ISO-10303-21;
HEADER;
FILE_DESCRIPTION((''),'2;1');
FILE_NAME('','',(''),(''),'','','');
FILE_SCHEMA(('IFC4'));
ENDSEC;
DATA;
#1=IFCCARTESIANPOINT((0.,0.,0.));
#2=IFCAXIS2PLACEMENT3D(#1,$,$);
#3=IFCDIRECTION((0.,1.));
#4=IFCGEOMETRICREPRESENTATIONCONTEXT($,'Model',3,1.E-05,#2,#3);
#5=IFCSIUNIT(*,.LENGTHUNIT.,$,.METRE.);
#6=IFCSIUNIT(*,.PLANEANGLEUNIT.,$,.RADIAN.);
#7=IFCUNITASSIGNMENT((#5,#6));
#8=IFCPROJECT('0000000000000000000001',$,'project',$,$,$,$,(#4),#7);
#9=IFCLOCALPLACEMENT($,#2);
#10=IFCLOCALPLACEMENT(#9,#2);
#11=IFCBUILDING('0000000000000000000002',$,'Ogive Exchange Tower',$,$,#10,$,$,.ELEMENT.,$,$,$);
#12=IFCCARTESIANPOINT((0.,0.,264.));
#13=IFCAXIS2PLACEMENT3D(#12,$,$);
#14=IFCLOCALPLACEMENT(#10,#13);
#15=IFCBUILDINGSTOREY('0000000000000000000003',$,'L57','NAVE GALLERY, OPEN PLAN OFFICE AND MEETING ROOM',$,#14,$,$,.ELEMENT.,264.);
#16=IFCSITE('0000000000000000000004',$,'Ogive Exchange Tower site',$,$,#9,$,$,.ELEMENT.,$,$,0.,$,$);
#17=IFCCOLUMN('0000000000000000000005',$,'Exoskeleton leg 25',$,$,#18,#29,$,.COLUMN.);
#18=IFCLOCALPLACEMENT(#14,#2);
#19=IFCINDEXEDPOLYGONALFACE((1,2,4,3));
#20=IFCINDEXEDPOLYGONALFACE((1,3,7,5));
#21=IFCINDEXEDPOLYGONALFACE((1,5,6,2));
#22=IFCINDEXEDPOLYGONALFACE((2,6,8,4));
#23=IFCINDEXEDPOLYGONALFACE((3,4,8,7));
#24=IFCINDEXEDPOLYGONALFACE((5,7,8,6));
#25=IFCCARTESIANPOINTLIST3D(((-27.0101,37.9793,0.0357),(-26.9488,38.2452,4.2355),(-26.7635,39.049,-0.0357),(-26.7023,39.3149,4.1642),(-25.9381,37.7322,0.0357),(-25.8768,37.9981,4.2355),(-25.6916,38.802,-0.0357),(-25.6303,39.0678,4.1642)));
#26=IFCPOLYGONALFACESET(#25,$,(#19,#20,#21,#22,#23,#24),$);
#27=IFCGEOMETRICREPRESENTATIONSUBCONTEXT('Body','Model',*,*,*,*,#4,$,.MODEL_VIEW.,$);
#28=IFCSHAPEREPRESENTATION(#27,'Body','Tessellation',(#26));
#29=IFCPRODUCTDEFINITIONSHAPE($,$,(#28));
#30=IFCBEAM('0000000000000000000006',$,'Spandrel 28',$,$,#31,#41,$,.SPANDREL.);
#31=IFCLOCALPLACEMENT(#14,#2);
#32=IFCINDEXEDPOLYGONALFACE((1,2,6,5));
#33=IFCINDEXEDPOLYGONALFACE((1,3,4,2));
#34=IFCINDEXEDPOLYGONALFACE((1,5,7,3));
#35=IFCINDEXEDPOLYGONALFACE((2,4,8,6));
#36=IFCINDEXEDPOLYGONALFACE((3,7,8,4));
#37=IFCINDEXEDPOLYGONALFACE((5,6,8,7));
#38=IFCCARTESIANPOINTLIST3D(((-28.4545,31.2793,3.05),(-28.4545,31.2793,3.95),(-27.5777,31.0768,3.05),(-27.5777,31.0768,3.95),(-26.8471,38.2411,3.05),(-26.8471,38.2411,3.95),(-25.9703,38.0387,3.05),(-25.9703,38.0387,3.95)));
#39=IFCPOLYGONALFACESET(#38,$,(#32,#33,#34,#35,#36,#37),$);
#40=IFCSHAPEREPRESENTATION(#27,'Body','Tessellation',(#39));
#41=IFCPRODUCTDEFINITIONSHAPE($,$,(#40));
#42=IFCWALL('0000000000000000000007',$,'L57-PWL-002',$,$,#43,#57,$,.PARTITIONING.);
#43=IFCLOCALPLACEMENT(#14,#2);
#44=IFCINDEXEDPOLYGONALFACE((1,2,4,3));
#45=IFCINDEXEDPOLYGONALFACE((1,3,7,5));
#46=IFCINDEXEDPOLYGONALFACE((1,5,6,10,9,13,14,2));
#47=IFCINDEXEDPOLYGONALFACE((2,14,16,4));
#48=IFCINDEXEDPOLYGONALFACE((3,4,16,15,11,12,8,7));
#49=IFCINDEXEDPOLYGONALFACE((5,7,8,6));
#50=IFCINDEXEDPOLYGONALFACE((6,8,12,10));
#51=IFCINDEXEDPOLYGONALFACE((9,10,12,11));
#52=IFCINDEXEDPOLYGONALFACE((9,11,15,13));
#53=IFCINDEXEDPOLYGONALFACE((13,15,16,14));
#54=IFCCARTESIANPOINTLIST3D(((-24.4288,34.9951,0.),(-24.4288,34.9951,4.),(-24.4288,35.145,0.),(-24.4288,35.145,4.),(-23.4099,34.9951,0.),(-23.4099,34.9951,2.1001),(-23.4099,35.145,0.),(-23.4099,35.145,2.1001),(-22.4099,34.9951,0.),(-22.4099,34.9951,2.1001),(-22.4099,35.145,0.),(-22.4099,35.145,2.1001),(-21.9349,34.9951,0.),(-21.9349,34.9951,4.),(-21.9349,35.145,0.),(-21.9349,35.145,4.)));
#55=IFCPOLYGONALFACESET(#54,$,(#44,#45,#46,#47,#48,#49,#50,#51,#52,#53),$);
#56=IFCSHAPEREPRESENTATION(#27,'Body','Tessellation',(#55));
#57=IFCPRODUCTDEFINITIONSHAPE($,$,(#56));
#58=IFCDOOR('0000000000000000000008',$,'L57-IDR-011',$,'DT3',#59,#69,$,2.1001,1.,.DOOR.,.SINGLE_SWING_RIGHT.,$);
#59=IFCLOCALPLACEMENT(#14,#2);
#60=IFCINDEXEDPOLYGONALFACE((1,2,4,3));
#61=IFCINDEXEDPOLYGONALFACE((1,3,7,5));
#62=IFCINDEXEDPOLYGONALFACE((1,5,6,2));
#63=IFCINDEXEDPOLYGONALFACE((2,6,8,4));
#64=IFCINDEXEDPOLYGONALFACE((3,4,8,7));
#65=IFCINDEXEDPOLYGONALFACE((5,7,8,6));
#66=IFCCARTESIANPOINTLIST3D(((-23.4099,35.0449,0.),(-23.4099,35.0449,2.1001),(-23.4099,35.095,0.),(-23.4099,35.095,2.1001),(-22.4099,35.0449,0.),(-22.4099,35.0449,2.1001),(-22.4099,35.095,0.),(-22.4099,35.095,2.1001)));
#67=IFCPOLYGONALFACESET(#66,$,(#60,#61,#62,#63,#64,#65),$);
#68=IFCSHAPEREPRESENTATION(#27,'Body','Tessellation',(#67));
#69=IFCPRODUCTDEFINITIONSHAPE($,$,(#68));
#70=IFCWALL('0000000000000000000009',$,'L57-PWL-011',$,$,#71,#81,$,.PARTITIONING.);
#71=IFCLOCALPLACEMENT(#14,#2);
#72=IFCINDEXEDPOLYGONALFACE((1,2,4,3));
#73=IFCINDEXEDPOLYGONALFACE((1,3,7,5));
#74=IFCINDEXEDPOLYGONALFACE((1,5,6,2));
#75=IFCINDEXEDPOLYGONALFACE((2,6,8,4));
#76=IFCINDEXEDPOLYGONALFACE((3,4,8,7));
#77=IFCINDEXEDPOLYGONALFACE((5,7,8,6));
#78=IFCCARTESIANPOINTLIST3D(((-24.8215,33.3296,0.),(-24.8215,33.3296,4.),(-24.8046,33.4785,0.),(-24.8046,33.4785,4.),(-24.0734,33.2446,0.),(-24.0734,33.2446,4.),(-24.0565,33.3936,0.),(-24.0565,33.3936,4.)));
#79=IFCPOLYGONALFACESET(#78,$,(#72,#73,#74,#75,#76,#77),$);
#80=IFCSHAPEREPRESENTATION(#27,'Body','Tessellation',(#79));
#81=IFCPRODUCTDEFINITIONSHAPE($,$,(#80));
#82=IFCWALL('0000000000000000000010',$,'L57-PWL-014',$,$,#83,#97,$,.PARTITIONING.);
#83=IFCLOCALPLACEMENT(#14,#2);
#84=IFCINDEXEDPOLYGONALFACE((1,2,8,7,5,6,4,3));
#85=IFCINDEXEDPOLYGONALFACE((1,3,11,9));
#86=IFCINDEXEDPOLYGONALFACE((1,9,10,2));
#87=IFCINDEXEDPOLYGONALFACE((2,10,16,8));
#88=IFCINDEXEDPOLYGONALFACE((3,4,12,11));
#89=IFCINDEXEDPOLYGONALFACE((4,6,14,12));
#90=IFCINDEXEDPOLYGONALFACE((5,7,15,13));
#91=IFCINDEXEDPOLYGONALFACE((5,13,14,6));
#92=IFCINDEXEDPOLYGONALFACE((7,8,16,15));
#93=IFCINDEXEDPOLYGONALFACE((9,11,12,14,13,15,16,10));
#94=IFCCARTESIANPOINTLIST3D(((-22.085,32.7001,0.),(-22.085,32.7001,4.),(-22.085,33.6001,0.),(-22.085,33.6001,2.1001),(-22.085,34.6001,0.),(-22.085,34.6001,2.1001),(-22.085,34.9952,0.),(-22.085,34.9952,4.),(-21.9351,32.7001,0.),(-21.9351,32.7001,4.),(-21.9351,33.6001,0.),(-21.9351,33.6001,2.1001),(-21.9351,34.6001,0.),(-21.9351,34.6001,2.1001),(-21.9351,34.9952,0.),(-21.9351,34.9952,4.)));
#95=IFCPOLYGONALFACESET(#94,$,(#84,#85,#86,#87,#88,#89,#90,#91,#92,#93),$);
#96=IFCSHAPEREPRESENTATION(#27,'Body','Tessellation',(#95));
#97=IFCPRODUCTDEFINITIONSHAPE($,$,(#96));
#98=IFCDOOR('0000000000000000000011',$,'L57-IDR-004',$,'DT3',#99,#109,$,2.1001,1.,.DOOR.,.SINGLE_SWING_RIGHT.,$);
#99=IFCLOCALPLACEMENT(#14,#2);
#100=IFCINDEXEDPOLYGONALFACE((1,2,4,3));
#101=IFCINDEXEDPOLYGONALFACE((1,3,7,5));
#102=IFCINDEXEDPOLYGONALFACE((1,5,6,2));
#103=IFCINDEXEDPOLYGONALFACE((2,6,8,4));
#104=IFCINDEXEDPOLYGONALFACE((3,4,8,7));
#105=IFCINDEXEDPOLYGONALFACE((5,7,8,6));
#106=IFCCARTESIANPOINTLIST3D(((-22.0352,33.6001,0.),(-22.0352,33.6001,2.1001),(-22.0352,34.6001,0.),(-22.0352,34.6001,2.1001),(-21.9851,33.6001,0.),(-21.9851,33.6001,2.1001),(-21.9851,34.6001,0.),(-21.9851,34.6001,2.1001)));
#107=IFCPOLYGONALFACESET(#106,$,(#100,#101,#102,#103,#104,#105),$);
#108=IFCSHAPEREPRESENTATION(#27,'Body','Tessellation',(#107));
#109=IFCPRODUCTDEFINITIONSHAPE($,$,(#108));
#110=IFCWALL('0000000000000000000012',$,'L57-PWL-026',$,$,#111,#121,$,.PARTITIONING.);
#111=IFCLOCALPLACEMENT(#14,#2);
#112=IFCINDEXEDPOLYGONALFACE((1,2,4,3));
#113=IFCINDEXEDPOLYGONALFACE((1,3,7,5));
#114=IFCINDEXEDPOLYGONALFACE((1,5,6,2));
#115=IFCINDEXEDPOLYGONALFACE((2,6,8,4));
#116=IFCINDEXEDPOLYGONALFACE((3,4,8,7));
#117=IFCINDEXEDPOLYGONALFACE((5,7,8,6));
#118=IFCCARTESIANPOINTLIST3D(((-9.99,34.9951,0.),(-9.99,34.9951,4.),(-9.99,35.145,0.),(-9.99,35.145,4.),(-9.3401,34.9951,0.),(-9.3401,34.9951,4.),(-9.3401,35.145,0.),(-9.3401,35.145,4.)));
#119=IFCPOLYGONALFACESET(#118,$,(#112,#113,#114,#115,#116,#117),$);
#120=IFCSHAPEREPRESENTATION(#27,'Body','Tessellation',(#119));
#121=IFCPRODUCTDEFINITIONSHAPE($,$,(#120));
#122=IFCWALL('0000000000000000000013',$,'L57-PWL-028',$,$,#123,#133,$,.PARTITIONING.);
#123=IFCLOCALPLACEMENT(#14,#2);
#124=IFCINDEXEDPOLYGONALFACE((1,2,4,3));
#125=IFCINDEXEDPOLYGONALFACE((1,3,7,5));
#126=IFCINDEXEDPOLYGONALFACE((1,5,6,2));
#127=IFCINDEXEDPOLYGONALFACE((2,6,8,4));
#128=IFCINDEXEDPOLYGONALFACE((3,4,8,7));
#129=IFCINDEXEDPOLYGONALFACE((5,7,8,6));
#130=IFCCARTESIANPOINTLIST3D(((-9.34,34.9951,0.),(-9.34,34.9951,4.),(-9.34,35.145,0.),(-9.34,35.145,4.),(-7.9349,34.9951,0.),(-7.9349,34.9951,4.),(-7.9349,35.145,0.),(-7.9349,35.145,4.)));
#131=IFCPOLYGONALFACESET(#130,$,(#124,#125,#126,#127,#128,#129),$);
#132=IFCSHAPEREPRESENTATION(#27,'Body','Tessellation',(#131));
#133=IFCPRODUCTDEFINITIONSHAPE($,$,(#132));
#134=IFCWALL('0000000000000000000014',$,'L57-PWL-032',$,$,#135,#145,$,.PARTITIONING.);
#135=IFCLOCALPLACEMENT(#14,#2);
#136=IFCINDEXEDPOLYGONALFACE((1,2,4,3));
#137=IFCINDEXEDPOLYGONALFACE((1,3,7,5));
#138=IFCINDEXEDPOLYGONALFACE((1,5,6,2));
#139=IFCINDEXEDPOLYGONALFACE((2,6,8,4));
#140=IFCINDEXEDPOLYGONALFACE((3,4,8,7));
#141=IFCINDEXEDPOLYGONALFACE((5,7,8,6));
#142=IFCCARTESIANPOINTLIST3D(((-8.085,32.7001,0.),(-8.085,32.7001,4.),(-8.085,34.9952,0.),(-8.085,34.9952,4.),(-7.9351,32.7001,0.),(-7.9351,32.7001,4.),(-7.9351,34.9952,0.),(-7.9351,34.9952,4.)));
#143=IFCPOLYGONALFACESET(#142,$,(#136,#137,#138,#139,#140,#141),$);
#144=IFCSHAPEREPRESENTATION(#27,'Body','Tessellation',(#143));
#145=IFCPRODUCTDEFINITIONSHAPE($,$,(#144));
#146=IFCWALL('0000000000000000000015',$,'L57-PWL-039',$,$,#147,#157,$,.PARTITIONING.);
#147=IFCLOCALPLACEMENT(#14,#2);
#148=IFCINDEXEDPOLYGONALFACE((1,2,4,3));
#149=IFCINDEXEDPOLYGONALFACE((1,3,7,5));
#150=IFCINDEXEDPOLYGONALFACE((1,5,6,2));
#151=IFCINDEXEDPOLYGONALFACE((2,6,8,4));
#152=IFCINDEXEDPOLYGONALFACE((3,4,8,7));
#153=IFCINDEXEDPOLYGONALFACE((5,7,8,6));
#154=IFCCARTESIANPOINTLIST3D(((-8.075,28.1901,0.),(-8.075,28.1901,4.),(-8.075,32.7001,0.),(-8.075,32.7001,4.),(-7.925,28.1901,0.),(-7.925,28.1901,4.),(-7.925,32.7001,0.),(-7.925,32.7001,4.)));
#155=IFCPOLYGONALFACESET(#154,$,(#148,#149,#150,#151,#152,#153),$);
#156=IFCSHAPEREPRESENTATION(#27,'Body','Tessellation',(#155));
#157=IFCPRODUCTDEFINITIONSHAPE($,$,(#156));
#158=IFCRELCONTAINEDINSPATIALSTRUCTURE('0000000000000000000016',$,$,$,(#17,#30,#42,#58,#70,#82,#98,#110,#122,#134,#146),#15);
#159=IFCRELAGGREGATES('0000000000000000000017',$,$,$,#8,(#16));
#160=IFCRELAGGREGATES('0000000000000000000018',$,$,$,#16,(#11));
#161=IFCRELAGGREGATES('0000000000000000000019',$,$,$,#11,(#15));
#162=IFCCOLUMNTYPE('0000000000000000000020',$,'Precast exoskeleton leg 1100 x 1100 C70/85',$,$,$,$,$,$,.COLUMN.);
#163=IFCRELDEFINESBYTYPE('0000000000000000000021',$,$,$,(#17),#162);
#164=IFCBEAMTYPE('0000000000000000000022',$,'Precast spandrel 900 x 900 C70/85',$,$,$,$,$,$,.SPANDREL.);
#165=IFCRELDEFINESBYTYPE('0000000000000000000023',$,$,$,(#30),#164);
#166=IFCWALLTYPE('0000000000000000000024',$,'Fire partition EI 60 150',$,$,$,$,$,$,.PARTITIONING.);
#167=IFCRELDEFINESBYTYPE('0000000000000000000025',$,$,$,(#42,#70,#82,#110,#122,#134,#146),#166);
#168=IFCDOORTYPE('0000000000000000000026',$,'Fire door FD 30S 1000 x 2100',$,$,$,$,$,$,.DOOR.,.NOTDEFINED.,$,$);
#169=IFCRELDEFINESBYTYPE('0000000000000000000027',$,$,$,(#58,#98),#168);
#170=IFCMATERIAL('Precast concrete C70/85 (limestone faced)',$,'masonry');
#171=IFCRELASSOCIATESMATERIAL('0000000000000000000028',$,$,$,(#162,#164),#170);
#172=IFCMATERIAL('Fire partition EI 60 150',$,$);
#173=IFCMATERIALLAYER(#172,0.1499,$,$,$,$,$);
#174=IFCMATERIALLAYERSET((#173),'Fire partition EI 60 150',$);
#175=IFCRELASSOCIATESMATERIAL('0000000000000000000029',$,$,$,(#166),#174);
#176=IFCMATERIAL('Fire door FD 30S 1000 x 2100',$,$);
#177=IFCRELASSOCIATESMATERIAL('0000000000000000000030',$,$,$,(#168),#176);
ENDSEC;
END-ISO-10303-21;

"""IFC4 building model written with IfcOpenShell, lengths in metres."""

from ifc_helpers import new_model, si_unit, direction, frame, frame_2d, origin, origin_2d, place, context, subcontext, project, spatial, rectangle, extrude, material, layer, layer_set, material_profile, profile_set, type_object, element, fill, save


model = new_model("IFC4")

# Units and contexts
model_context = context("Model", 3, precision=1e-05, world=origin(), true_north=direction((0.0, 1.0)))
body_context = subcontext(model_context, "Body", "Model", "MODEL_VIEW")
ifc_project = project(units=[si_unit("LENGTHUNIT", "METRE"), si_unit("PLANEANGLEUNIT", "RADIAN")], contexts=[model_context])

# Site, building, storey
site_placement = place(None, origin())
site = spatial("IfcSite", under=ifc_project, at=site_placement, Name="Ogive Exchange Tower site", CompositionType="ELEMENT", RefElevation=0.0)
building_placement = place(site_placement, origin())
building = spatial("IfcBuilding", under=site, at=building_placement, Name="Ogive Exchange Tower", CompositionType="ELEMENT")
storey_placement = place(building_placement, frame((0.0, 0.0, 264.0)))
storey = spatial("IfcBuildingStorey", under=building, at=storey_placement, Name="L57", Description="NAVE GALLERY, OPEN PLAN OFFICE AND MEETING ROOM", CompositionType="ELEMENT", Elevation=264.0)

# Column
ifc_material_1 = material(Name="Precast concrete C70/85 (limestone faced)", Category="masonry")
ifc_material_profile_1 = material_profile(ifc_material_1, rectangle(XDim=1.1001, YDim=1.1001, at=origin_2d()), Name="1100 x 1100")
ifc_profile_set_1 = profile_set([ifc_material_profile_1], Name="Precast concrete C70/85 (limestone faced)")
column_type = type_object("IfcColumnType", Name="Precast exoskeleton leg 1100 x 1100 C70/85", PredefinedType="COLUMN", material=ifc_profile_set_1)
column_placement = place(storey_placement, frame((-26.3508, 38.3906, 0.0), z_axis=(0.01456, 0.06317, 0.997897), x_axis=(-0.974451, 0.224598, 0.0)))
element("IfcColumn", 1, at=column_placement, inside=storey, type_object=column_type, Name="Exoskeleton leg 25", PredefinedType="COLUMN", context=body_context, shape_type="SweptSolid", body=[
    extrude(rectangle(XDim=1.1001, YDim=1.1001, at=origin_2d()), origin(), (0.0, 0.0, 1.0), 4.2087),
])

# Beam
ifc_material_profile_2 = material_profile(ifc_material_1, rectangle(XDim=0.8999, YDim=0.8999, at=origin_2d()), Name="900 x 900")
ifc_profile_set_2 = profile_set([ifc_material_profile_2], Name="Precast concrete C70/85 (limestone faced)")
beam_type = type_object("IfcBeamType", Name="Precast spandrel 900 x 900 C70/85", PredefinedType="SPANDREL", material=ifc_profile_set_2)
beam_placement = place(storey_placement, frame((-26.4087, 38.1399, 3.5), z_axis=(-0.224969, -0.974366, 0.0), x_axis=(0.974366, -0.224969, 0.0)))
element("IfcBeam", 2, at=beam_placement, inside=storey, type_object=beam_type, Name="Spandrel 28", PredefinedType="SPANDREL", context=body_context, shape_type="SweptSolid", body=[
    extrude(rectangle(XDim=0.8999, YDim=0.8999, at=origin_2d()), origin(), (0.0, 0.0, 1.0), 7.145),
])

# Wall, opening, door
ifc_material_2 = material(Name="Fire partition EI 60 150")
ifc_layer_1 = layer(ifc_material_2, 0.1499)
ifc_layer_set_1 = layer_set([ifc_layer_1], Name="Fire partition EI 60 150")
wall_type_1 = type_object("IfcWallType", Name="Fire partition EI 60 150", PredefinedType="PARTITIONING", material=ifc_layer_set_1)
wall_1_placement = place(storey_placement, frame((-24.429, 35.0701, 0.0), z_axis=(0.0, 0.0, 1.0), x_axis=(1.0, 0.0, 0.0)))
wall_1 = element("IfcWall", 3, at=wall_1_placement, inside=storey, type_object=wall_type_1, Name="L57-PWL-002", PredefinedType="PARTITIONING", context=body_context, shape_type="SweptSolid", body=[
    extrude(rectangle(XDim=2.4939, YDim=0.1499, at=frame_2d((1.2471, 0.0))), origin(), (0.0, 0.0, 1.0), 4.0),
])
opening_1_placement = place(wall_1_placement, frame((1.019, 0.0, 0.0)))
opening_1 = element("IfcOpeningElement", 4, at=opening_1_placement, cuts=wall_1, PredefinedType="OPENING", context=body_context, shape_type="SweptSolid", body=[
    extrude(rectangle(XDim=1.0, YDim=2.1001, at=frame_2d((0.5, 1.05))), frame((0.0, 0.085, 0.0), z_axis=(0.0, -1.0, 0.0), x_axis=(1.0, 0.0, 0.0)), (0.0, 0.0, 1.0), 0.1699),
])
ifc_material_3 = material(Name="Fire door FD 30S 1000 x 2100")
door_type_1 = type_object("IfcDoorType", Name="Fire door FD 30S 1000 x 2100", OperationType="NOTDEFINED", PredefinedType="DOOR", material=ifc_material_3)
door_1_placement = place(opening_1_placement, origin())
door_1 = element("IfcDoor", 5, at=door_1_placement, inside=storey, type_object=door_type_1, Name="L57-IDR-011", ObjectType="DT3", OperationType="SINGLE_SWING_RIGHT", OverallHeight=2.1001, OverallWidth=1.0, PredefinedType="DOOR", context=body_context, shape_type="SweptSolid", body=[
    extrude(rectangle(XDim=1.0, YDim=2.1001, at=frame_2d((0.5, 1.05))), frame((0.0, 0.0249, 0.0), z_axis=(0.0, -1.0, 0.0), x_axis=(1.0, 0.0, 0.0)), (0.0, 0.0, 1.0), 0.05),
])
fill(opening_1, door_1)

# Wall
wall_2_placement = place(storey_placement, frame((-24.0649, 33.3191, 0.0), z_axis=(0.0, 0.0, 1.0), x_axis=(-0.993612, 0.112851, 0.0)))
element("IfcWall", 6, at=wall_2_placement, inside=storey, type_object=wall_type_1, Name="L57-PWL-011", PredefinedType="PARTITIONING", context=body_context, shape_type="SweptSolid", body=[
    extrude(rectangle(XDim=0.7529, YDim=0.1499, at=frame_2d((0.3765, 0.0))), origin(), (0.0, 0.0, 1.0), 4.0),
])

# Wall, opening, door
wall_3_placement = place(storey_placement, frame((-22.01, 34.9951, 0.0), z_axis=(0.0, 0.0, 1.0), x_axis=(0.0, -1.0, 0.0)))
wall_3 = element("IfcWall", 7, at=wall_3_placement, inside=storey, type_object=wall_type_1, Name="L57-PWL-014", PredefinedType="PARTITIONING", context=body_context, shape_type="SweptSolid", body=[
    extrude(rectangle(XDim=2.2952, YDim=0.1499, at=frame_2d((1.1475, 0.0))), origin(), (0.0, 0.0, 1.0), 4.0),
])
opening_2_placement = place(wall_3_placement, frame((0.395, 0.0, 0.0)))
opening_2 = element("IfcOpeningElement", 8, at=opening_2_placement, cuts=wall_3, PredefinedType="OPENING", context=body_context, shape_type="SweptSolid", body=[
    extrude(rectangle(XDim=1.0, YDim=2.1001, at=frame_2d((0.5, 1.05))), frame((0.0, 0.085, 0.0), z_axis=(0.0, -1.0, 0.0), x_axis=(1.0, 0.0, 0.0)), (0.0, 0.0, 1.0), 0.1699),
])
door_2_placement = place(opening_2_placement, origin())
door_2 = element("IfcDoor", 9, at=door_2_placement, inside=storey, type_object=door_type_1, Name="L57-IDR-004", ObjectType="DT3", OperationType="SINGLE_SWING_RIGHT", OverallHeight=2.1001, OverallWidth=1.0, PredefinedType="DOOR", context=body_context, shape_type="SweptSolid", body=[
    extrude(rectangle(XDim=1.0, YDim=2.1001, at=frame_2d((0.5, 1.05))), frame((0.0, 0.0249, 0.0), z_axis=(0.0, -1.0, 0.0), x_axis=(1.0, 0.0, 0.0)), (0.0, 0.0, 1.0), 0.05),
])
fill(opening_2, door_2)

# Walls
wall_4_placement = place(storey_placement, frame((-9.99, 35.0701, 0.0), z_axis=(0.0, 0.0, 1.0), x_axis=(1.0, 0.0, 0.0)))
element("IfcWall", 10, at=wall_4_placement, inside=storey, type_object=wall_type_1, Name="L57-PWL-026", PredefinedType="PARTITIONING", context=body_context, shape_type="SweptSolid", body=[
    extrude(rectangle(XDim=0.6499, YDim=0.1499, at=frame_2d((0.325, 0.0))), origin(), (0.0, 0.0, 1.0), 4.0),
])
wall_5_placement = place(storey_placement, frame((-9.3401, 35.0701, 0.0), z_axis=(0.0, 0.0, 1.0), x_axis=(1.0, 0.0, 0.0)))
element("IfcWall", 11, at=wall_5_placement, inside=storey, type_object=wall_type_1, Name="L57-PWL-028", PredefinedType="PARTITIONING", context=body_context, shape_type="SweptSolid", body=[
    extrude(rectangle(XDim=1.405, YDim=0.1499, at=frame_2d((0.7026, 0.0))), origin(), (0.0, 0.0, 1.0), 4.0),
])
wall_6_placement = place(storey_placement, frame((-8.01, 34.9951, 0.0), z_axis=(0.0, 0.0, 1.0), x_axis=(0.0, -1.0, 0.0)))
element("IfcWall", 12, at=wall_6_placement, inside=storey, type_object=wall_type_1, Name="L57-PWL-032", PredefinedType="PARTITIONING", context=body_context, shape_type="SweptSolid", body=[
    extrude(rectangle(XDim=2.2952, YDim=0.1499, at=frame_2d((1.1475, 0.0))), origin(), (0.0, 0.0, 1.0), 4.0),
])
wall_7_placement = place(storey_placement, frame((-8.0, 32.7, 0.0), z_axis=(0.0, 0.0, 1.0), x_axis=(0.0, -1.0, 0.0)))
element("IfcWall", 13, at=wall_7_placement, inside=storey, type_object=wall_type_1, Name="L57-PWL-039", PredefinedType="PARTITIONING", context=body_context, shape_type="SweptSolid", body=[
    extrude(rectangle(XDim=4.51, YDim=0.1499, at=frame_2d((2.2549, 0.0))), origin(), (0.0, 0.0, 1.0), 4.0),
])

save(model, "model.ifc")
